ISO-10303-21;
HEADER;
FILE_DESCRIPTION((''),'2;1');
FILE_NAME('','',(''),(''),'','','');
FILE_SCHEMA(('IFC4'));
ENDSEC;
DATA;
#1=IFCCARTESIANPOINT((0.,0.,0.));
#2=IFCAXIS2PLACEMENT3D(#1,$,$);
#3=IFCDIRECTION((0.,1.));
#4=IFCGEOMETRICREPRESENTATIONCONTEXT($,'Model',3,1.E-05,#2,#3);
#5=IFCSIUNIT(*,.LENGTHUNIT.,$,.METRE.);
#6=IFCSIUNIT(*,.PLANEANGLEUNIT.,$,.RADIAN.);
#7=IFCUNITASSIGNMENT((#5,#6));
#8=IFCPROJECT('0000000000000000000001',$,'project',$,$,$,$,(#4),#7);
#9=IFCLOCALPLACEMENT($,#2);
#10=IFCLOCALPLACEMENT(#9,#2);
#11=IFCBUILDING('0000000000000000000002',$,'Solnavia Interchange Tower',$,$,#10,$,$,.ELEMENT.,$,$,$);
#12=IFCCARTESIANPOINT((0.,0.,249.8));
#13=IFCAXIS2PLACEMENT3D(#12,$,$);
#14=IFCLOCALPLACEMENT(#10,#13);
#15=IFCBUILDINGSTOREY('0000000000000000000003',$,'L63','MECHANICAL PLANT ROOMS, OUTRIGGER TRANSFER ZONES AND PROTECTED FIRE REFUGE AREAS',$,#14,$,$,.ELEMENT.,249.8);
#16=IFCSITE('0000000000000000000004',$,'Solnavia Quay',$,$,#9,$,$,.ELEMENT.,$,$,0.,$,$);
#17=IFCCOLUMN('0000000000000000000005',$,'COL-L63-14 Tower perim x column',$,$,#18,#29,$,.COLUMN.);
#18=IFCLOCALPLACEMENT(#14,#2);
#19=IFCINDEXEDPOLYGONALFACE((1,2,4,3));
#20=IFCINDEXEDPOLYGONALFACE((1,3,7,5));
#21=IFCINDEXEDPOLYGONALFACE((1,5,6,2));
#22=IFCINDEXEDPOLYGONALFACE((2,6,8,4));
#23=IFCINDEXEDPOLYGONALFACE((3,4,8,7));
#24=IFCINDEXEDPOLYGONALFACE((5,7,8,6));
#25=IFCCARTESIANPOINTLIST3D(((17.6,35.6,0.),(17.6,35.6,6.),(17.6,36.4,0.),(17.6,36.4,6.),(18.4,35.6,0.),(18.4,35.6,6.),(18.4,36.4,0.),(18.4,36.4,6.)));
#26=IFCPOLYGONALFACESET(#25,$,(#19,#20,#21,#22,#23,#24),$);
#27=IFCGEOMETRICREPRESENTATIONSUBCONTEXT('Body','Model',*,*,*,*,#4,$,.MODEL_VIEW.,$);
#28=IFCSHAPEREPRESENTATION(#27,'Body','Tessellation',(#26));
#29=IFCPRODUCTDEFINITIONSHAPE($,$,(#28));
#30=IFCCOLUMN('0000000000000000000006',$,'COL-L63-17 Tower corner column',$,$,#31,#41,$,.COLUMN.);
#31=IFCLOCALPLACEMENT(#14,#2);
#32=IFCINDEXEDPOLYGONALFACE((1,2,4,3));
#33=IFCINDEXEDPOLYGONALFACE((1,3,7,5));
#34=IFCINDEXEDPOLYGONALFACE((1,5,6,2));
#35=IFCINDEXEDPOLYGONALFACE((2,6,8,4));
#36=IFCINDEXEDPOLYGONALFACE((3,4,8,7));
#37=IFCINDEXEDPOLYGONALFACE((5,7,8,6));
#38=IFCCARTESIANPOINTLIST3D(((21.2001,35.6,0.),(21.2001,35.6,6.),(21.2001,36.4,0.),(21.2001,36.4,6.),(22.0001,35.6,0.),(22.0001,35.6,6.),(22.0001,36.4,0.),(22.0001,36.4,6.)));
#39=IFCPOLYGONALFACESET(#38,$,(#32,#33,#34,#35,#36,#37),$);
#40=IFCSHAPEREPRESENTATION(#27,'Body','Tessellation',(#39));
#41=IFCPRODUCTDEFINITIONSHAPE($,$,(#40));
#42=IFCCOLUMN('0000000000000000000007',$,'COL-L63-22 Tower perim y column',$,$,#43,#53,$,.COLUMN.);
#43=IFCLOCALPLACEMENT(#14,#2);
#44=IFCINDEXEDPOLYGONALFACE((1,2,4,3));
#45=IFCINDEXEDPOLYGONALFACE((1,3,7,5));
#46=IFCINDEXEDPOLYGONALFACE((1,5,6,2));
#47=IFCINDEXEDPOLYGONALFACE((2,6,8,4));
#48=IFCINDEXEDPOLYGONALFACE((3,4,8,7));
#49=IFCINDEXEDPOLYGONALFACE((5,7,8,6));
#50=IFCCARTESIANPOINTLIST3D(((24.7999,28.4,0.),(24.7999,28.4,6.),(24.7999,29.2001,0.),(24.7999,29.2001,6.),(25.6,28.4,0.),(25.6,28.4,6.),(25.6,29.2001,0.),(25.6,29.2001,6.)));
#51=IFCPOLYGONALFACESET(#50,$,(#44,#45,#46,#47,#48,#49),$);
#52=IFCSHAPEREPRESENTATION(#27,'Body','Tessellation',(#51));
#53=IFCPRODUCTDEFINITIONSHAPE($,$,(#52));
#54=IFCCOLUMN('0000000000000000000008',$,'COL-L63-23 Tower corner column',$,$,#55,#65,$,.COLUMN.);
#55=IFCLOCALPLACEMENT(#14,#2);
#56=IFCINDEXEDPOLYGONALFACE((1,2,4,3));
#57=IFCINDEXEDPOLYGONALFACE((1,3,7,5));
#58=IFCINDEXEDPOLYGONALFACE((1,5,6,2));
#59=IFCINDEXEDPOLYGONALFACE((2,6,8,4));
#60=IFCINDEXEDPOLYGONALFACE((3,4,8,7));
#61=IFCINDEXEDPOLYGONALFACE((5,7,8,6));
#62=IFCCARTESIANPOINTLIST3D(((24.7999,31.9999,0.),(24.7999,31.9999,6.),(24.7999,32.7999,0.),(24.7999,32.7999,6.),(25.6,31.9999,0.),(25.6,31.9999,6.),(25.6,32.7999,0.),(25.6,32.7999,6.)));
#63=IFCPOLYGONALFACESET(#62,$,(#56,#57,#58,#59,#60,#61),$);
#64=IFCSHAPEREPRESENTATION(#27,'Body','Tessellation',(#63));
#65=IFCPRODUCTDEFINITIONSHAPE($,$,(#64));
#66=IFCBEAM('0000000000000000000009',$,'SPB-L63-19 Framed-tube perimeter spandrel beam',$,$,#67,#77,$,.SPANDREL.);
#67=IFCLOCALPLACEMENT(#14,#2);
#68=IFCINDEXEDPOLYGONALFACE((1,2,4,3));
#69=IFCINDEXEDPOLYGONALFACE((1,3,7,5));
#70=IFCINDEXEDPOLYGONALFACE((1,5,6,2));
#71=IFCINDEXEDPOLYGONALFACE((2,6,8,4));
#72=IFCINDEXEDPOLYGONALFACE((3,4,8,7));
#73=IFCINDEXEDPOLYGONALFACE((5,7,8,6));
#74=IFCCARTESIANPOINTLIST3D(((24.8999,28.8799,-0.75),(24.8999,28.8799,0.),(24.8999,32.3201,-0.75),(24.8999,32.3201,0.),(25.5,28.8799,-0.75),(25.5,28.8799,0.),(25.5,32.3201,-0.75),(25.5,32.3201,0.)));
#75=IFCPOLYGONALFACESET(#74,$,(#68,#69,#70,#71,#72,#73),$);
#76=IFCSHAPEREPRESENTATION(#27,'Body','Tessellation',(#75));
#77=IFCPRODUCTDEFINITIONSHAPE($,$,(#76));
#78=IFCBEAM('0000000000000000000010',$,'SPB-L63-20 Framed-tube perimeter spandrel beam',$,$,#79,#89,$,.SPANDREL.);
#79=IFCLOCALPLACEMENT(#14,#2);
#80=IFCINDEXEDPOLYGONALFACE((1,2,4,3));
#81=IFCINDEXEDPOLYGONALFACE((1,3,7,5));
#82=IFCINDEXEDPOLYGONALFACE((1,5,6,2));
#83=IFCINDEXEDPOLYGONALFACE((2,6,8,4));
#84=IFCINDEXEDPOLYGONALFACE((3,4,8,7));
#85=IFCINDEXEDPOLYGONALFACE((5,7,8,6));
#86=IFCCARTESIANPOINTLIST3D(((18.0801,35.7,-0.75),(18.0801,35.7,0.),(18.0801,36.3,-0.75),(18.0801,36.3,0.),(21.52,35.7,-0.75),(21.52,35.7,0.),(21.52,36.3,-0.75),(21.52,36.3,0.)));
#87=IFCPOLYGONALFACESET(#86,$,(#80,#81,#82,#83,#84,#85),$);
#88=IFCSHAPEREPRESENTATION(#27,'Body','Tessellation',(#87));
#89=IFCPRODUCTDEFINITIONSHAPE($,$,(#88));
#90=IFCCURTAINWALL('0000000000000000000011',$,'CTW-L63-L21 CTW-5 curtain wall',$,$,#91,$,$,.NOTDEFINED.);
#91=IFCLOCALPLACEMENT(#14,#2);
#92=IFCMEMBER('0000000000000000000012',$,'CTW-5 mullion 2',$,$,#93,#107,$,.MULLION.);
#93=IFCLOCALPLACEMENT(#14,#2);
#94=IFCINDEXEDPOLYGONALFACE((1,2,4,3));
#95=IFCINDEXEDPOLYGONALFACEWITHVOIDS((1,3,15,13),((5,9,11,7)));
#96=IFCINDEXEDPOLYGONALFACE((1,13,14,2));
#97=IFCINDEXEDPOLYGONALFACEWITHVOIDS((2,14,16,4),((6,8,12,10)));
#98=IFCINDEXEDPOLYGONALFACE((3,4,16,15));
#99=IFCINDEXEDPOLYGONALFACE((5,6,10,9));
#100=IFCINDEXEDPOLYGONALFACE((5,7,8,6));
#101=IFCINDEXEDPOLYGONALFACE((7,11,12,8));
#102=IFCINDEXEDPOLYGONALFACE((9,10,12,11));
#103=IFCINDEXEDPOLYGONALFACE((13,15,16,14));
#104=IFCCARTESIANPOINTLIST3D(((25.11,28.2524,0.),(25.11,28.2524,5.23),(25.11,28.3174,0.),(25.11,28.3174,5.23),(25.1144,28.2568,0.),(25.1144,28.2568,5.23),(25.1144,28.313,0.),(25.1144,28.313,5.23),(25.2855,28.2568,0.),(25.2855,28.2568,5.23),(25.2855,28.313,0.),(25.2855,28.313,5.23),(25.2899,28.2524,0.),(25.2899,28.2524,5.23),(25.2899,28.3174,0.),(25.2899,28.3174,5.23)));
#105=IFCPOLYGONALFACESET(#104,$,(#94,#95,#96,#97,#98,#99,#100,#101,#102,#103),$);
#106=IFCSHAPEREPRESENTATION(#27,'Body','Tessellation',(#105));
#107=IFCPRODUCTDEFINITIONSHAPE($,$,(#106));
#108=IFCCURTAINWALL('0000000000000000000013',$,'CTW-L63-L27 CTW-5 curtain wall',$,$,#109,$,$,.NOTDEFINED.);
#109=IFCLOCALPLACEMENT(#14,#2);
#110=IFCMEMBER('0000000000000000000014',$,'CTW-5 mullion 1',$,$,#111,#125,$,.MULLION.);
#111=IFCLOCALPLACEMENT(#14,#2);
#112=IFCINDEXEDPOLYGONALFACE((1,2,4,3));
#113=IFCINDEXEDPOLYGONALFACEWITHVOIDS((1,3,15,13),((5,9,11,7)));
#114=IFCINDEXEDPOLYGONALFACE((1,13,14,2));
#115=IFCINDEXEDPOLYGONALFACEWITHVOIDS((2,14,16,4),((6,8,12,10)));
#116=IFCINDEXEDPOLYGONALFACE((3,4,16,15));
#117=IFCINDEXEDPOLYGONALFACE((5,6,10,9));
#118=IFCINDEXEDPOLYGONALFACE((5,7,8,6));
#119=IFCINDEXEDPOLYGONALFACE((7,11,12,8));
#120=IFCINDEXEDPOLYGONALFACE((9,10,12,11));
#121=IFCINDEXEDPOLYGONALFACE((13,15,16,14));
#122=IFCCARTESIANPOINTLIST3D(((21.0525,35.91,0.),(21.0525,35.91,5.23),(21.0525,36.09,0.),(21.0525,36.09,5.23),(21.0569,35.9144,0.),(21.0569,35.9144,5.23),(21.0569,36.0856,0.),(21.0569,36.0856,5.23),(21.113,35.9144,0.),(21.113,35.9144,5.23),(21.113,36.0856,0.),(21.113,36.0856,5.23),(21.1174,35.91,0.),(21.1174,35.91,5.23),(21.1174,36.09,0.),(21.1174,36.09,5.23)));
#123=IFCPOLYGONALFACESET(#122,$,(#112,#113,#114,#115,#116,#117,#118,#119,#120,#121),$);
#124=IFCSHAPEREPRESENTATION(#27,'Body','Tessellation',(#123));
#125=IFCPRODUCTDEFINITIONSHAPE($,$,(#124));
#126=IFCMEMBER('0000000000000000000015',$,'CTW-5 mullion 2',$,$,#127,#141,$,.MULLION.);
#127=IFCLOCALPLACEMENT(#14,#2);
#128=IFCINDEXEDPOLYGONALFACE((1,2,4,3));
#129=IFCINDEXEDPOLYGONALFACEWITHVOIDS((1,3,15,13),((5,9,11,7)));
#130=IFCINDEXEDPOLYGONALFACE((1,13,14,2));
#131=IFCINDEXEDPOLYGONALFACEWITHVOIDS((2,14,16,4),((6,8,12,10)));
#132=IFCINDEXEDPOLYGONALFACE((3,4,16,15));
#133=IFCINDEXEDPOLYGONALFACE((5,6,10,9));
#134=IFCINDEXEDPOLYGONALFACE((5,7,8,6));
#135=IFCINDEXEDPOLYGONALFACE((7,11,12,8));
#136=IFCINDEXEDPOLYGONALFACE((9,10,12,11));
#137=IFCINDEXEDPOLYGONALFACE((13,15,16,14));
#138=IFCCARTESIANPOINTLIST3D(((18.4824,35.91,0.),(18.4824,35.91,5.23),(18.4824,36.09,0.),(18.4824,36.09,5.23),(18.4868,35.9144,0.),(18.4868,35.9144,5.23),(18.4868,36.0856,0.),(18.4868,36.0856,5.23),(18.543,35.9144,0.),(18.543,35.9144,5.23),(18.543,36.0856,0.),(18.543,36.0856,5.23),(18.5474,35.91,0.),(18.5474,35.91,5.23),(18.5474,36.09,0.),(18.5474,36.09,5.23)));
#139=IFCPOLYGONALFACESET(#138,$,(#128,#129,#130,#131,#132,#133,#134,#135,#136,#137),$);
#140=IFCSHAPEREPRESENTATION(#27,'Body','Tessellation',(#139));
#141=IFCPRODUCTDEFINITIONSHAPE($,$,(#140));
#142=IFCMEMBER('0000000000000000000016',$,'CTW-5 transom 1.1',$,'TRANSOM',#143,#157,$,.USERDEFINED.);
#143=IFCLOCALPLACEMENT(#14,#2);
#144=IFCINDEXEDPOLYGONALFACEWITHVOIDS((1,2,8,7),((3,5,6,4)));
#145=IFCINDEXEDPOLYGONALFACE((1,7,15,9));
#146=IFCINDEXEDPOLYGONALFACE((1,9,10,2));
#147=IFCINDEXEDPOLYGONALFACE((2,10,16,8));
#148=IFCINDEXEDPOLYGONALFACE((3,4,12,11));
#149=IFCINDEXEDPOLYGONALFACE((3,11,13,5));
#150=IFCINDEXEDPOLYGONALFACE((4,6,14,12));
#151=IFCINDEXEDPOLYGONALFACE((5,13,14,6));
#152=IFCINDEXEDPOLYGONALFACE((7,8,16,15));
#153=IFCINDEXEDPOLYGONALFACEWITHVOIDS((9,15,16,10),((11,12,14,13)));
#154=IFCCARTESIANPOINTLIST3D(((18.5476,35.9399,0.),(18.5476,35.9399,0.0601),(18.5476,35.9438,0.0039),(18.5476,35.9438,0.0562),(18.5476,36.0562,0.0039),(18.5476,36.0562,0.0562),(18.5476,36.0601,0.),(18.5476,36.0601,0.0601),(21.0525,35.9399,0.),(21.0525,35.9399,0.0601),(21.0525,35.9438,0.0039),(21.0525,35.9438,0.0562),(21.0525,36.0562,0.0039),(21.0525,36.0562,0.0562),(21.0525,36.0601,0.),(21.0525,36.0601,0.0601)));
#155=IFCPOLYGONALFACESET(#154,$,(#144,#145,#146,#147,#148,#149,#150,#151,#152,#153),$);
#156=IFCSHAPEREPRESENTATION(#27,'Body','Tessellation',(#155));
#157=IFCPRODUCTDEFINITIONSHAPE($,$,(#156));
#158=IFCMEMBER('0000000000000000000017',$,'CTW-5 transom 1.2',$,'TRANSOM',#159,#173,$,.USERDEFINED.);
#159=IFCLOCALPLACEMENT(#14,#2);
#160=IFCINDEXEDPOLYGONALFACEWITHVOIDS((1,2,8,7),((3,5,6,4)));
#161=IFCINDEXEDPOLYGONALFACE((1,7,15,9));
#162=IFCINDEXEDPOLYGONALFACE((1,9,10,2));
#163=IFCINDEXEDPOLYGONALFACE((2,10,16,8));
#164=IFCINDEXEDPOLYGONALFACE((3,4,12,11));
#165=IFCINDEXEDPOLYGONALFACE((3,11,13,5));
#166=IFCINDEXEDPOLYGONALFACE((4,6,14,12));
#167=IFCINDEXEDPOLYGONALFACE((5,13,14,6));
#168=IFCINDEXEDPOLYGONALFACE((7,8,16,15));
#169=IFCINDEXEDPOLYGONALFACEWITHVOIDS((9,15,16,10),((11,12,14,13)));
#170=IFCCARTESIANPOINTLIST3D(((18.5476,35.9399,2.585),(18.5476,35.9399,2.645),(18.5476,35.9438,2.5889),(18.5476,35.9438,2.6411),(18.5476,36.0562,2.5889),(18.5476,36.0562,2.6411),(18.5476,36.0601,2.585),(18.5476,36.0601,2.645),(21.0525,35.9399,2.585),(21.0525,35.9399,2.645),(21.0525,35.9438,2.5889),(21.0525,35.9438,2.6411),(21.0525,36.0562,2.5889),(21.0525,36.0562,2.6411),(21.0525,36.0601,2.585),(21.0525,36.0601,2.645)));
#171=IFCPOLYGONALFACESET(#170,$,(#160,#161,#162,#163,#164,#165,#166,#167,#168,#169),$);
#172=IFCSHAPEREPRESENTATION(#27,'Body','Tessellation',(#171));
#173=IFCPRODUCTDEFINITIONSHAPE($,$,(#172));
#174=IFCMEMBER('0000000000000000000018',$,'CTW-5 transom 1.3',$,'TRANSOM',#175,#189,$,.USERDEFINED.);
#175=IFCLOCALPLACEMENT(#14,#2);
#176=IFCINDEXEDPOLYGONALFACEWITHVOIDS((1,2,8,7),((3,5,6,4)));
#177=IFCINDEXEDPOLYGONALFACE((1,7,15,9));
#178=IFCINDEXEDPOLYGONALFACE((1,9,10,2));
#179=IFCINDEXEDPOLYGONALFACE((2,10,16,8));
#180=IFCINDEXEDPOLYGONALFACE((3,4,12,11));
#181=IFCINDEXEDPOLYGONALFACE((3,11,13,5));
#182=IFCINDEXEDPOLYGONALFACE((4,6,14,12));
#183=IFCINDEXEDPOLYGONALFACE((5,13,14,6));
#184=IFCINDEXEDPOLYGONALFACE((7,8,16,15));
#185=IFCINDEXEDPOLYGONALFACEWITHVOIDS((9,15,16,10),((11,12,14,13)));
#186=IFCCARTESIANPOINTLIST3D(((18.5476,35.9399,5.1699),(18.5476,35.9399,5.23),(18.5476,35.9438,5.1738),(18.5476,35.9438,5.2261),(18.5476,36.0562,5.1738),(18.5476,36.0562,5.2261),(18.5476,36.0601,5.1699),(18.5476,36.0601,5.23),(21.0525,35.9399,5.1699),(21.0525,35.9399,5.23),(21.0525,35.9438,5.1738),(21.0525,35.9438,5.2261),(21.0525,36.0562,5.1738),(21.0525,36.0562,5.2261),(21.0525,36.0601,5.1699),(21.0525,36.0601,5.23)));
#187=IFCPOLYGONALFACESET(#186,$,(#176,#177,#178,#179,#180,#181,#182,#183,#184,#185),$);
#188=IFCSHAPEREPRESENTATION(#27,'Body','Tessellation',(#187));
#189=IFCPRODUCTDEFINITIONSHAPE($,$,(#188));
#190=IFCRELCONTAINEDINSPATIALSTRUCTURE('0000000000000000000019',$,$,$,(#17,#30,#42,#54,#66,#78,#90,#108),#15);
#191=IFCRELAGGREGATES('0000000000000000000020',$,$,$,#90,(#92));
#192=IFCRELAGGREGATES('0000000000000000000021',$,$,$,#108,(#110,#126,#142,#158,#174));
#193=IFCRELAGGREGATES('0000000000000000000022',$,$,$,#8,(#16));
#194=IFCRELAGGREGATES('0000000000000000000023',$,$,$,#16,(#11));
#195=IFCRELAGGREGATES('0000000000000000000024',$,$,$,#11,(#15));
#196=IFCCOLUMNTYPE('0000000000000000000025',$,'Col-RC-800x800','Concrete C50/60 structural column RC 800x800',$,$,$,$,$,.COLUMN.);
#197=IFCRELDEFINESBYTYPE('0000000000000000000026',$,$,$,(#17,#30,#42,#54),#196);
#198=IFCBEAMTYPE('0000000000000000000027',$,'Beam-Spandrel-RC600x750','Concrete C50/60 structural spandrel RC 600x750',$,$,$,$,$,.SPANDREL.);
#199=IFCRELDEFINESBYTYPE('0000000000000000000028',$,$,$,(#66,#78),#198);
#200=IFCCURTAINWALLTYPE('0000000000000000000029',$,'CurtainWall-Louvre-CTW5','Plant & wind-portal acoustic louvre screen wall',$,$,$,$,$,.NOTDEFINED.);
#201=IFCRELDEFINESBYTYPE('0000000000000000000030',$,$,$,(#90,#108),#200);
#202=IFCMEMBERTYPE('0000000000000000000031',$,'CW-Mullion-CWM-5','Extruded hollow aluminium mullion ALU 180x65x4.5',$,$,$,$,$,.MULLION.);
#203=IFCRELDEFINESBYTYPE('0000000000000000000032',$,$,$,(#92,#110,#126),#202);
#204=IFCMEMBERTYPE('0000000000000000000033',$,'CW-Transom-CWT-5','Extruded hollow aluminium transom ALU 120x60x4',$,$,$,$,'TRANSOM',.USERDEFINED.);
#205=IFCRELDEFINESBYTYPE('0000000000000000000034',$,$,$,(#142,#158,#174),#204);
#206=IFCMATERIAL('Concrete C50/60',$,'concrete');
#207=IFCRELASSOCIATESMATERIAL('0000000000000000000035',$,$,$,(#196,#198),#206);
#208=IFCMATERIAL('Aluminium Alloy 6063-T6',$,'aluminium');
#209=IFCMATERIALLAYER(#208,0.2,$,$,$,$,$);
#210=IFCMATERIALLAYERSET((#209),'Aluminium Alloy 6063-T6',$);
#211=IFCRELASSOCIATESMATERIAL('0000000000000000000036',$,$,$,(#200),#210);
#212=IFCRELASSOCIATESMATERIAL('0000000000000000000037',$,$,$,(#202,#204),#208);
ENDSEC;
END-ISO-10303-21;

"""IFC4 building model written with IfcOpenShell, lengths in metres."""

from ifc_helpers import new_model, si_unit, direction, frame, origin, origin_2d, place, context, subcontext, project, spatial, rectangle, hollow_rectangle, extrude, material, layer, layer_set, material_profile, profile_set, type_object, element, aggregate, save


model = new_model("IFC4")

# Units and contexts
model_context = context("Model", 3, precision=1e-05, world=origin(), true_north=direction((0.0, 1.0)))
body_context = subcontext(model_context, "Body", "Model", "MODEL_VIEW")
ifc_project = project(units=[si_unit("LENGTHUNIT", "METRE"), si_unit("PLANEANGLEUNIT", "RADIAN")], contexts=[model_context])

# Site, building, storey
site_placement = place(None, origin())
site = spatial("IfcSite", under=ifc_project, at=site_placement, Name="Solnavia Quay", CompositionType="ELEMENT", RefElevation=0.0)
building_placement = place(site_placement, origin())
building = spatial("IfcBuilding", under=site, at=building_placement, Name="Solnavia Interchange Tower", CompositionType="ELEMENT")
storey_placement = place(building_placement, frame((0.0, 0.0, 249.8)))
storey = spatial("IfcBuildingStorey", under=building, at=storey_placement, Name="L63", Description="MECHANICAL PLANT ROOMS, OUTRIGGER TRANSFER ZONES AND PROTECTED FIRE REFUGE AREAS", CompositionType="ELEMENT", Elevation=249.8)

# Columns
ifc_material_1 = material(Name="Concrete C50/60", Category="concrete")
ifc_material_profile_1 = material_profile(ifc_material_1, rectangle(XDim=0.8, YDim=0.8, at=origin_2d()), Name="RC 800x800")
ifc_profile_set_1 = profile_set([ifc_material_profile_1], Name="Concrete C50/60")
column_type = type_object("IfcColumnType", Name="Col-RC-800x800", Description="Concrete C50/60 structural column RC 800x800", PredefinedType="COLUMN", material=ifc_profile_set_1)
for number, where, z_axis, x_axis, name in (
    (1, (18.0, 36.0, 0.0), (0.0, 0.0, 1.0), (1.0, 0.0, 0.0), "COL-L63-14 Tower perim x column"),
    (2, (21.6001, 36.0, 0.0), (0.0, 0.0, 1.0), (1.0, 0.0, 0.0), "COL-L63-17 Tower corner column"),
    (3, (25.2, 28.8, 0.0), (0.0, 0.0, 1.0), (0.0, 1.0, 0.0), "COL-L63-22 Tower perim y column"),
    (4, (25.2, 32.3999, 0.0), (0.0, 0.0, 1.0), (0.0, 1.0, 0.0), "COL-L63-23 Tower corner column"),
):
    element("IfcColumn", number, at=place(storey_placement, frame(where, z_axis=z_axis, x_axis=x_axis)), inside=storey, type_object=column_type, Name=name, PredefinedType="COLUMN", context=body_context, shape_type="SweptSolid", body=[
        extrude(rectangle(XDim=0.8, YDim=0.8, at=origin_2d()), origin(), (0.0, 0.0, 1.0), 6.0),
    ])

# Beams
ifc_material_profile_2 = material_profile(ifc_material_1, rectangle(XDim=0.6001, YDim=0.75, at=origin_2d()), Name="RC 600x750")
ifc_profile_set_2 = profile_set([ifc_material_profile_2], Name="Concrete C50/60")
beam_type = type_object("IfcBeamType", Name="Beam-Spandrel-RC600x750", Description="Concrete C50/60 structural spandrel RC 600x750", PredefinedType="SPANDREL", material=ifc_profile_set_2)
beam_1_placement = place(storey_placement, frame((25.2, 28.8799, -0.375), z_axis=(0.0, 1.0, 0.0), x_axis=(-1.0, 0.0, 0.0)))
element("IfcBeam", 5, at=beam_1_placement, inside=storey, type_object=beam_type, Name="SPB-L63-19 Framed-tube perimeter spandrel beam", PredefinedType="SPANDREL", context=body_context, shape_type="SweptSolid", body=[
    extrude(rectangle(XDim=0.6001, YDim=0.75, at=origin_2d()), origin(), (0.0, 0.0, 1.0), 3.4402),
])
beam_2_placement = place(storey_placement, frame((21.52, 36.0, -0.375), z_axis=(-1.0, 0.0, 0.0), x_axis=(0.0, -1.0, 0.0)))
element("IfcBeam", 6, at=beam_2_placement, inside=storey, type_object=beam_type, Name="SPB-L63-20 Framed-tube perimeter spandrel beam", PredefinedType="SPANDREL", context=body_context, shape_type="SweptSolid", body=[
    extrude(rectangle(XDim=0.6001, YDim=0.75, at=origin_2d()), origin(), (0.0, 0.0, 1.0), 3.4399),
])

# Curtain wall, member
ifc_material_2 = material(Name="Aluminium Alloy 6063-T6", Category="aluminium")
ifc_layer_1 = layer(ifc_material_2, 0.2)
ifc_layer_set_1 = layer_set([ifc_layer_1], Name="Aluminium Alloy 6063-T6")
curtain_wall_type = type_object("IfcCurtainWallType", Name="CurtainWall-Louvre-CTW5", Description="Plant & wind-portal acoustic louvre screen wall", PredefinedType="NOTDEFINED", material=ifc_layer_set_1)
curtain_wall_1_placement = place(storey_placement, origin())
curtain_wall_1 = element("IfcCurtainWall", 7, at=curtain_wall_1_placement, inside=storey, type_object=curtain_wall_type, Name="CTW-L63-L21 CTW-5 curtain wall", PredefinedType="NOTDEFINED")
ifc_material_profile_3 = material_profile(ifc_material_2, hollow_rectangle(XDim=0.0649, YDim=0.1799, WallThickness=0.0044, at=origin_2d()), Name="ALU 180x65x4.5")
ifc_profile_set_3 = profile_set([ifc_material_profile_3], Name="Aluminium Alloy 6063-T6")
member_type_1 = type_object("IfcMemberType", Name="CW-Mullion-CWM-5", Description="Extruded hollow aluminium mullion ALU 180x65x4.5", PredefinedType="MULLION", material=ifc_profile_set_3)
member_1_placement = place(storey_placement, frame((25.2, 28.2849, 0.0), z_axis=(0.0, 0.0, 1.0), x_axis=(0.0, 1.0, 0.0)))
member_1 = element("IfcMember", 8, at=member_1_placement, type_object=member_type_1, Name="CTW-5 mullion 2", PredefinedType="MULLION", context=body_context, shape_type="SweptSolid", body=[
    extrude(hollow_rectangle(XDim=0.0649, YDim=0.1799, WallThickness=0.0044, at=origin_2d()), origin(), (0.0, 0.0, 1.0), 5.23),
])
aggregate(curtain_wall_1, [member_1])

# Curtain wall, members
curtain_wall_2_placement = place(storey_placement, origin())
curtain_wall_2 = element("IfcCurtainWall", 9, at=curtain_wall_2_placement, inside=storey, type_object=curtain_wall_type, Name="CTW-L63-L27 CTW-5 curtain wall", PredefinedType="NOTDEFINED")
member_2_placement = place(storey_placement, frame((21.085, 36.0, 0.0), z_axis=(0.0, 0.0, 1.0), x_axis=(-1.0, 0.0, 0.0)))
member_2 = element("IfcMember", 10, at=member_2_placement, type_object=member_type_1, Name="CTW-5 mullion 1", PredefinedType="MULLION", context=body_context, shape_type="SweptSolid", body=[
    extrude(hollow_rectangle(XDim=0.0649, YDim=0.1799, WallThickness=0.0044, at=origin_2d()), origin(), (0.0, 0.0, 1.0), 5.23),
])
member_3_placement = place(storey_placement, frame((18.5149, 36.0, 0.0), z_axis=(0.0, 0.0, 1.0), x_axis=(-1.0, 0.0, 0.0)))
member_3 = element("IfcMember", 11, at=member_3_placement, type_object=member_type_1, Name="CTW-5 mullion 2", PredefinedType="MULLION", context=body_context, shape_type="SweptSolid", body=[
    extrude(hollow_rectangle(XDim=0.0649, YDim=0.1799, WallThickness=0.0044, at=origin_2d()), origin(), (0.0, 0.0, 1.0), 5.23),
])
ifc_material_profile_4 = material_profile(ifc_material_2, hollow_rectangle(XDim=0.0601, YDim=0.1201, WallThickness=0.0039, at=origin_2d()), Name="ALU 120x60x4")
ifc_profile_set_4 = profile_set([ifc_material_profile_4], Name="Aluminium Alloy 6063-T6")
member_type_2 = type_object("IfcMemberType", Name="CW-Transom-CWT-5", Description="Extruded hollow aluminium transom ALU 120x60x4", ElementType="TRANSOM", PredefinedType="USERDEFINED", material=ifc_profile_set_4)
member_4_placement = place(storey_placement, frame((21.0525, 36.0, 0.03), z_axis=(-1.0, 0.0, 0.0), x_axis=(0.0, 0.0, 1.0)))
member_4 = element("IfcMember", 12, at=member_4_placement, type_object=member_type_2, Name="CTW-5 transom 1.1", ObjectType="TRANSOM", PredefinedType="USERDEFINED", context=body_context, shape_type="SweptSolid", body=[
    extrude(hollow_rectangle(XDim=0.0601, YDim=0.1201, WallThickness=0.0039, at=origin_2d()), origin(), (0.0, 0.0, 1.0), 2.5049),
])
member_5_placement = place(storey_placement, frame((21.0525, 36.0, 2.615), z_axis=(-1.0, 0.0, 0.0), x_axis=(0.0, 0.0, 1.0)))
member_5 = element("IfcMember", 13, at=member_5_placement, type_object=member_type_2, Name="CTW-5 transom 1.2", ObjectType="TRANSOM", PredefinedType="USERDEFINED", context=body_context, shape_type="SweptSolid", body=[
    extrude(hollow_rectangle(XDim=0.0601, YDim=0.1201, WallThickness=0.0039, at=origin_2d()), origin(), (0.0, 0.0, 1.0), 2.5049),
])
member_6_placement = place(storey_placement, frame((21.0525, 36.0, 5.2), z_axis=(-1.0, 0.0, 0.0), x_axis=(0.0, 0.0, 1.0)))
member_6 = element("IfcMember", 14, at=member_6_placement, type_object=member_type_2, Name="CTW-5 transom 1.3", ObjectType="TRANSOM", PredefinedType="USERDEFINED", context=body_context, shape_type="SweptSolid", body=[
    extrude(hollow_rectangle(XDim=0.0601, YDim=0.1201, WallThickness=0.0039, at=origin_2d()), origin(), (0.0, 0.0, 1.0), 2.5049),
])

aggregate(curtain_wall_2, [member_2, member_3, member_4, member_5, member_6])

save(model, "model.ifc")
